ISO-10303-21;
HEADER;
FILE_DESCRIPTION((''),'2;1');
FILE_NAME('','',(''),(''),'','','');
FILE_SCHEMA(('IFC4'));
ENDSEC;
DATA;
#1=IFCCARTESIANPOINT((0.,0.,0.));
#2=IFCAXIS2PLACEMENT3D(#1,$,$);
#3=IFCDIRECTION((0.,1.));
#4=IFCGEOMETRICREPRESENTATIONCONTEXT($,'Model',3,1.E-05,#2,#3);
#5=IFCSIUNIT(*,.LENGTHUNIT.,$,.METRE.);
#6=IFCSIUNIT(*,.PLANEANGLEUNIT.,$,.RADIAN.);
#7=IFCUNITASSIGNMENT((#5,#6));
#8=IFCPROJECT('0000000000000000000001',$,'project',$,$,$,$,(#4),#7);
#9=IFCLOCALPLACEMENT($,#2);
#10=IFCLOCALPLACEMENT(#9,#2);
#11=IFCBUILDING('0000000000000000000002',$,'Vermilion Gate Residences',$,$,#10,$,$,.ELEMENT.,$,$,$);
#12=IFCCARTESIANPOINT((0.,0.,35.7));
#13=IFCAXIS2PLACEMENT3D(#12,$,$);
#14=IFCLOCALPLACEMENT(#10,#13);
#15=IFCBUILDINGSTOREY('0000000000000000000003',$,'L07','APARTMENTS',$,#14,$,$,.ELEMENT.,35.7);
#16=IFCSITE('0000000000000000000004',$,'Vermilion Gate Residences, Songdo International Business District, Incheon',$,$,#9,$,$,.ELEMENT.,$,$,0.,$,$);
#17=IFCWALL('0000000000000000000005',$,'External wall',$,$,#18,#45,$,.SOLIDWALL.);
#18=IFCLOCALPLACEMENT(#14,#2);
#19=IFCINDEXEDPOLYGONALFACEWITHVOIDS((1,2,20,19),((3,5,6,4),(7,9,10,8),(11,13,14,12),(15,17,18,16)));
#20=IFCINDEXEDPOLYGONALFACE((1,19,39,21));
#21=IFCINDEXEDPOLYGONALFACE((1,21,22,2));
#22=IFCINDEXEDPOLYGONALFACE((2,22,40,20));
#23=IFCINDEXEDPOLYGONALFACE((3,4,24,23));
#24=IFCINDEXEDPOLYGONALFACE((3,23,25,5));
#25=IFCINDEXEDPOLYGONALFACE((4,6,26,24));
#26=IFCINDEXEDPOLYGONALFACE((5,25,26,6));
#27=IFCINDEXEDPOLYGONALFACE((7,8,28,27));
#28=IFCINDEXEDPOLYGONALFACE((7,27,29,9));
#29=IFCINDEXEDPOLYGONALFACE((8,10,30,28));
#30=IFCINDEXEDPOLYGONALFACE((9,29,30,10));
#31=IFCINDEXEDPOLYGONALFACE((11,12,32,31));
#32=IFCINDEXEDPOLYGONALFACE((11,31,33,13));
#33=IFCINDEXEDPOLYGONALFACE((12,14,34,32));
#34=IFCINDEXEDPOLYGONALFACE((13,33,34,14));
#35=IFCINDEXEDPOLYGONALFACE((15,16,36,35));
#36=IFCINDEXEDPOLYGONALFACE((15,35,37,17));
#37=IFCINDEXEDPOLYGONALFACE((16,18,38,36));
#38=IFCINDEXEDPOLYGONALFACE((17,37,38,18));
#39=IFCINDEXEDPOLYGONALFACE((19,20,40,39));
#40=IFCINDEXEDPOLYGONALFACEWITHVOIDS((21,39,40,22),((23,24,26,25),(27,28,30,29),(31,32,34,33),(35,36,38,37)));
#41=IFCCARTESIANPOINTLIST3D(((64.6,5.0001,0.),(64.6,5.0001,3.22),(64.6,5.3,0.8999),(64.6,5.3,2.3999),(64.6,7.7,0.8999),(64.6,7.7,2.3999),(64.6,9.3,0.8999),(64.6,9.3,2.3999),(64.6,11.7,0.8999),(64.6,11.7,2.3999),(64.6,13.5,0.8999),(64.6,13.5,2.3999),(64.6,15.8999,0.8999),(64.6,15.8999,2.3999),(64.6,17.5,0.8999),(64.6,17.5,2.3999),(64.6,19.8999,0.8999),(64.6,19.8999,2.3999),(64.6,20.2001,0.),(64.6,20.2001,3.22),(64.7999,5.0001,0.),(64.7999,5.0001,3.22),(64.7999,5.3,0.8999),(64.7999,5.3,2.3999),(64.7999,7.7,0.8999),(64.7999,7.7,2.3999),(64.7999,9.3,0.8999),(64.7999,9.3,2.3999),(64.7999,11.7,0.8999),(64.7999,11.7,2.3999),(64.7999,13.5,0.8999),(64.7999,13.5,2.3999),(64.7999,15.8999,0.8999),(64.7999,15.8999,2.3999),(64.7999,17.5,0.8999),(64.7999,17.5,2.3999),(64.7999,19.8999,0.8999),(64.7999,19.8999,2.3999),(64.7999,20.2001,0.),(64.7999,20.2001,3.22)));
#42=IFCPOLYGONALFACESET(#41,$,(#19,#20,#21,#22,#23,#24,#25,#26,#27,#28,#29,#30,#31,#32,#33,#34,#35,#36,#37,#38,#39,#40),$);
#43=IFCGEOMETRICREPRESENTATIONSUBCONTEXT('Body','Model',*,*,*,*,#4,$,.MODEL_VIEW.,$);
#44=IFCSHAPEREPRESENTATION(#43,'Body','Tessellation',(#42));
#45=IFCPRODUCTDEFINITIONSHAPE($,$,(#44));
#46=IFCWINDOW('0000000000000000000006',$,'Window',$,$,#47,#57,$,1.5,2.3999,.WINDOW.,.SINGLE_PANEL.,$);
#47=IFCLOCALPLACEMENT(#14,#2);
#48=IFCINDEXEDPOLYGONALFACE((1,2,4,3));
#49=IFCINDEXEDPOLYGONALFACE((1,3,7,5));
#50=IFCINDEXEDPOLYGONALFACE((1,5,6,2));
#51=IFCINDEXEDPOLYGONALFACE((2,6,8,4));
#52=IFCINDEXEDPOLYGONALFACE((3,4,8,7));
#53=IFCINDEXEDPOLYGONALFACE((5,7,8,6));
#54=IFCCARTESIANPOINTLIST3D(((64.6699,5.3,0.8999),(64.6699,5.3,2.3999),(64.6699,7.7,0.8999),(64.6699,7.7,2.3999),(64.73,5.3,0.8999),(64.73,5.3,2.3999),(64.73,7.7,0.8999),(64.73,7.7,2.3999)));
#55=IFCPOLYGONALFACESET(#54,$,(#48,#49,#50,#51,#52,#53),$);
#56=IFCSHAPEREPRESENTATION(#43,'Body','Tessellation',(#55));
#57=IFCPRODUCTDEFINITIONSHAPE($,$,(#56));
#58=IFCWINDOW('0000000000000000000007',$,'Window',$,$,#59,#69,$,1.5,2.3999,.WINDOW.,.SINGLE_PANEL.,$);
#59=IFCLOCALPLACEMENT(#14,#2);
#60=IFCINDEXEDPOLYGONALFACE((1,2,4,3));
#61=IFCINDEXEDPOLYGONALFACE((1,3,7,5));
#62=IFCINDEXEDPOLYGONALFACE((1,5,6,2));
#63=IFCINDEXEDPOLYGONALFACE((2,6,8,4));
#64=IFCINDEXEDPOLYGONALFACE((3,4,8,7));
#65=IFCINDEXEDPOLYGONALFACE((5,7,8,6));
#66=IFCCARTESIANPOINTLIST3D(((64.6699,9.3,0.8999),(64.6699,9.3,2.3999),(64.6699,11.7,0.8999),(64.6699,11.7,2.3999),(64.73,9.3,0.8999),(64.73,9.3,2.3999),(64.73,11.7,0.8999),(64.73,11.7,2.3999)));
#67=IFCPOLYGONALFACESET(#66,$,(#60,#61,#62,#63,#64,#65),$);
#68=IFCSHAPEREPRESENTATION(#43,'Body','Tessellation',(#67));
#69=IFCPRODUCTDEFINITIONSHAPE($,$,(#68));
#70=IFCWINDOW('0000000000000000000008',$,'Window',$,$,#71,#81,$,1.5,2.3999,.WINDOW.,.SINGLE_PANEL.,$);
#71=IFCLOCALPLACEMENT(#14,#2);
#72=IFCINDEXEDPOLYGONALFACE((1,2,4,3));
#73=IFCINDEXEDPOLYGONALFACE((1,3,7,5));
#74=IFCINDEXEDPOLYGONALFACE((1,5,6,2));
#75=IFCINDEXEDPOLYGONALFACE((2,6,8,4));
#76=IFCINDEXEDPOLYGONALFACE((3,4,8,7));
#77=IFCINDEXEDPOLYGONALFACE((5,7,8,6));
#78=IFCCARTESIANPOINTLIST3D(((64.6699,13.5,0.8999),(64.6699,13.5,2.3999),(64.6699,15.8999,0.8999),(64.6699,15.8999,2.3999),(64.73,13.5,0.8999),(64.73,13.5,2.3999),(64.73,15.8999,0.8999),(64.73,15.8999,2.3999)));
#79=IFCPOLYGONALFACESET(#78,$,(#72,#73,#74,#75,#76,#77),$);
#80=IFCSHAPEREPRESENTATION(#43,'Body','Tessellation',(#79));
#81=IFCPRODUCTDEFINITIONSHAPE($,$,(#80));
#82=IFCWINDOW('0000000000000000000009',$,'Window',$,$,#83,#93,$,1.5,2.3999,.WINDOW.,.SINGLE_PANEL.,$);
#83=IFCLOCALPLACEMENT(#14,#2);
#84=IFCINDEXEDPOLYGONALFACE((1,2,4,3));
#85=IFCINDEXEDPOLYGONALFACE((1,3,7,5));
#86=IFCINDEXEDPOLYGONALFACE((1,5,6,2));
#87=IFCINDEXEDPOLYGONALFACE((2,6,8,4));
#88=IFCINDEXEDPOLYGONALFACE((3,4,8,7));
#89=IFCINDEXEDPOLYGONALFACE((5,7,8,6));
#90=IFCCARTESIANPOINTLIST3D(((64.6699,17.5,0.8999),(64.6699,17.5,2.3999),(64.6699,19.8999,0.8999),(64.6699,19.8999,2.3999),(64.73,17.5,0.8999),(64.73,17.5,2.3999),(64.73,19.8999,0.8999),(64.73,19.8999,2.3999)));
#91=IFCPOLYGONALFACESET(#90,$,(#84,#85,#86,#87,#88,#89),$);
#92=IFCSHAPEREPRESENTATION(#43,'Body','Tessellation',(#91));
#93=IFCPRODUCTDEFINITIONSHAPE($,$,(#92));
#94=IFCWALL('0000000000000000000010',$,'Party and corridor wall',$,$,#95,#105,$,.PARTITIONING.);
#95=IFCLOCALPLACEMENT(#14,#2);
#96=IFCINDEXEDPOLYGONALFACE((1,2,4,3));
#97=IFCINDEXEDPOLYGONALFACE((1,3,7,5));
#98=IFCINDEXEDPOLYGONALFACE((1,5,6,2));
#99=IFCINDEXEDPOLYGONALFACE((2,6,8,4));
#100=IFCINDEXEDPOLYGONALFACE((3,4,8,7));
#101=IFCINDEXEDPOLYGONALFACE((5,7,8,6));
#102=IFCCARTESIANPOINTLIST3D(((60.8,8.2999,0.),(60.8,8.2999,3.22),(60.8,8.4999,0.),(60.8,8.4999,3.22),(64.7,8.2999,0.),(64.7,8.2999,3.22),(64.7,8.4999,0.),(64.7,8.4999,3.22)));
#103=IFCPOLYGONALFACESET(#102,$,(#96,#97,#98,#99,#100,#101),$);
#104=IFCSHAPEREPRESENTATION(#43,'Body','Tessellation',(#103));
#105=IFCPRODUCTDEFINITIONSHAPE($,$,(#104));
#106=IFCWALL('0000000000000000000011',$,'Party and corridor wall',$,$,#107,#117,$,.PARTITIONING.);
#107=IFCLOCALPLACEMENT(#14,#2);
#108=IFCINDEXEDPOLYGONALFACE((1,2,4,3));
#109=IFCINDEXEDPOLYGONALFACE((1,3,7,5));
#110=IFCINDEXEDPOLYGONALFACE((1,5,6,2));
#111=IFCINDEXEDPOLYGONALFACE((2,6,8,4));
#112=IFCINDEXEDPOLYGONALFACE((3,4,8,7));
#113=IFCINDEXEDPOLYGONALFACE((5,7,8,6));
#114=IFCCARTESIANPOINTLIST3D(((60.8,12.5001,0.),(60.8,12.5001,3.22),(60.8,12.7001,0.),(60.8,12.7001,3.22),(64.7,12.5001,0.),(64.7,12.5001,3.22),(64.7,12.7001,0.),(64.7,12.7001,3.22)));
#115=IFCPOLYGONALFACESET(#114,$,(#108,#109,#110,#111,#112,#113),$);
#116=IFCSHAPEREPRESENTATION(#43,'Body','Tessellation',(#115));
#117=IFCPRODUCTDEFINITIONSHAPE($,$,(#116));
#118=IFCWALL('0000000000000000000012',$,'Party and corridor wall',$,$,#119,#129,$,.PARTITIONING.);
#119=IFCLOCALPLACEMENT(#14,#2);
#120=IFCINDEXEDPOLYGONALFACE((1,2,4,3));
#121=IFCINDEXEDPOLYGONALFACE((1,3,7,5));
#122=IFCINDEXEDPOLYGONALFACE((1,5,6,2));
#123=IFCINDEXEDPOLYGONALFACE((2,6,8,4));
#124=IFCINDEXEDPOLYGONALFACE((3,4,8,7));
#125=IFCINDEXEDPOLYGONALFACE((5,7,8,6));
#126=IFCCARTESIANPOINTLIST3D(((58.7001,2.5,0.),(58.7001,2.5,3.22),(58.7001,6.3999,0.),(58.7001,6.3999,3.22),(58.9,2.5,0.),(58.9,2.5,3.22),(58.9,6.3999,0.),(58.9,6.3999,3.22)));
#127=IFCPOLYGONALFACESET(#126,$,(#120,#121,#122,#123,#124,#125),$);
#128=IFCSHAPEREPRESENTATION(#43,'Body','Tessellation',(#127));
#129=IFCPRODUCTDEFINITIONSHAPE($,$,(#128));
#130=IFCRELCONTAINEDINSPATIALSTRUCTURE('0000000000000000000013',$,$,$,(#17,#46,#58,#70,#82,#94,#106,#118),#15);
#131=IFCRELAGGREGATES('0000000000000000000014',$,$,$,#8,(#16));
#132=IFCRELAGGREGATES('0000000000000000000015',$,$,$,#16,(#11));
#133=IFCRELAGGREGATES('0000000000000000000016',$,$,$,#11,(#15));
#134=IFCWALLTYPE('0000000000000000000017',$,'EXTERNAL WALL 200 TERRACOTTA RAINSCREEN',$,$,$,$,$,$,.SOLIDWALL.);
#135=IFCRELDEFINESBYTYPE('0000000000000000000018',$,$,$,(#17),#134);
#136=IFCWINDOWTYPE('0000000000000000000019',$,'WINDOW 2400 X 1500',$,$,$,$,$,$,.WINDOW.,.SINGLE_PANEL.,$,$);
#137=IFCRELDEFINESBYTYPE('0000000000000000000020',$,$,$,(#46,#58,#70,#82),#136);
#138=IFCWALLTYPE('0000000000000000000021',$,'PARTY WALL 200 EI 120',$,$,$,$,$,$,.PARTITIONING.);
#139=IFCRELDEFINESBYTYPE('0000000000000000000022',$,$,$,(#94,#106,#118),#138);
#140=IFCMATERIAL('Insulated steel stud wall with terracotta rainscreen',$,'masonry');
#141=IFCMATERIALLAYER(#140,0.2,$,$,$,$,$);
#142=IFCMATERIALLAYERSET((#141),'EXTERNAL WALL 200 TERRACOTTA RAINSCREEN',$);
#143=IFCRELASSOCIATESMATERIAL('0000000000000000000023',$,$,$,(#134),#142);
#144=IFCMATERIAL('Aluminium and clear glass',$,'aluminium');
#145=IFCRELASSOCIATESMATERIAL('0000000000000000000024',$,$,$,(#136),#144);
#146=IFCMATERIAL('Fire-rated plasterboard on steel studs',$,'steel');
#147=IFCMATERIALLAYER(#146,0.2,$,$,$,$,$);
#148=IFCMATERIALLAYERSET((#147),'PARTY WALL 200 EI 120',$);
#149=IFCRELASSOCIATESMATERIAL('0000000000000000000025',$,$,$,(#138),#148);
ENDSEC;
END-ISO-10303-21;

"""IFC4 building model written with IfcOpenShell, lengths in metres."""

from ifc_helpers import new_model, si_unit, direction, frame, frame_2d, origin, place, context, subcontext, project, spatial, rectangle, extrude, material, layer, layer_set, type_object, element, fill, save


model = new_model("IFC4")

# Units and contexts
model_context = context("Model", 3, precision=1e-05, world=origin(), true_north=direction((0.0, 1.0)))
body_context = subcontext(model_context, "Body", "Model", "MODEL_VIEW")
ifc_project = project(units=[si_unit("LENGTHUNIT", "METRE"), si_unit("PLANEANGLEUNIT", "RADIAN")], contexts=[model_context])

# Site, building, storey
site_placement = place(None, origin())
site = spatial("IfcSite", under=ifc_project, at=site_placement, Name="Vermilion Gate Residences, Songdo International Business District, Incheon", CompositionType="ELEMENT", RefElevation=0.0)
building_placement = place(site_placement, origin())
building = spatial("IfcBuilding", under=site, at=building_placement, Name="Vermilion Gate Residences", CompositionType="ELEMENT")
storey_placement = place(building_placement, frame((0.0, 0.0, 35.7)))
storey = spatial("IfcBuildingStorey", under=building, at=storey_placement, Name="L07", Description="APARTMENTS", CompositionType="ELEMENT", Elevation=35.7)

# Shared definitions
ifc_material_1 = material(Name="Insulated steel stud wall with terracotta rainscreen", Category="masonry")
ifc_layer_1 = layer(ifc_material_1, 0.2)
ifc_layer_set_1 = layer_set([ifc_layer_1], Name="EXTERNAL WALL 200 TERRACOTTA RAINSCREEN")
wall_type_1 = type_object("IfcWallType", Name="EXTERNAL WALL 200 TERRACOTTA RAINSCREEN", PredefinedType="SOLIDWALL", material=ifc_layer_set_1)

# Wall, openings, windows
wall_1_placement = place(storey_placement, frame((64.7, 5.0, 0.0), z_axis=(0.0, 0.0, 1.0), x_axis=(0.0, 1.0, 0.0)))
wall_1 = element("IfcWall", 1, at=wall_1_placement, inside=storey, type_object=wall_type_1, Name="External wall", PredefinedType="SOLIDWALL", context=body_context, shape_type="SweptSolid", body=[
    extrude(rectangle(XDim=15.2, YDim=0.2, at=frame_2d((7.6001, 0.0))), origin(), (0.0, 0.0, 1.0), 3.22),
])
opening_1_placement = place(wall_1_placement, frame((0.3, 0.0, 0.8999)))
opening_1 = element("IfcOpeningElement", 2, at=opening_1_placement, cuts=wall_1, PredefinedType="OPENING", context=body_context, shape_type="SweptSolid", body=[
    extrude(rectangle(XDim=2.3999, YDim=1.5, at=frame_2d((1.2, 0.75))), frame((0.0, 0.1099, 0.0), z_axis=(0.0, -1.0, 0.0), x_axis=(1.0, 0.0, 0.0)), (0.0, 0.0, 1.0), 0.22),
])
opening_2_placement = place(wall_1_placement, frame((4.3, 0.0, 0.8999)))
opening_2 = element("IfcOpeningElement", 3, at=opening_2_placement, cuts=wall_1, PredefinedType="OPENING", context=body_context, shape_type="SweptSolid", body=[
    extrude(rectangle(XDim=2.3999, YDim=1.5, at=frame_2d((1.2, 0.75))), frame((0.0, 0.1099, 0.0), z_axis=(0.0, -1.0, 0.0), x_axis=(1.0, 0.0, 0.0)), (0.0, 0.0, 1.0), 0.22),
])
opening_3_placement = place(wall_1_placement, frame((8.5, 0.0, 0.8999)))
opening_3 = element("IfcOpeningElement", 4, at=opening_3_placement, cuts=wall_1, PredefinedType="OPENING", context=body_context, shape_type="SweptSolid", body=[
    extrude(rectangle(XDim=2.3999, YDim=1.5, at=frame_2d((1.2, 0.75))), frame((0.0, 0.1099, 0.0), z_axis=(0.0, -1.0, 0.0), x_axis=(1.0, 0.0, 0.0)), (0.0, 0.0, 1.0), 0.22),
])
opening_4_placement = place(wall_1_placement, frame((12.5, 0.0, 0.8999)))
opening_4 = element("IfcOpeningElement", 5, at=opening_4_placement, cuts=wall_1, PredefinedType="OPENING", context=body_context, shape_type="SweptSolid", body=[
    extrude(rectangle(XDim=2.3999, YDim=1.5, at=frame_2d((1.2, 0.75))), frame((0.0, 0.1099, 0.0), z_axis=(0.0, -1.0, 0.0), x_axis=(1.0, 0.0, 0.0)), (0.0, 0.0, 1.0), 0.22),
])
ifc_material_2 = material(Name="Aluminium and clear glass", Category="aluminium")
window_type = type_object("IfcWindowType", Name="WINDOW 2400 X 1500", PartitioningType="SINGLE_PANEL", PredefinedType="WINDOW", material=ifc_material_2)
window_1_placement = place(opening_1_placement, origin())
window_1 = element("IfcWindow", 6, at=window_1_placement, inside=storey, type_object=window_type, Name="Window", OverallHeight=1.5, OverallWidth=2.3999, PartitioningType="SINGLE_PANEL", PredefinedType="WINDOW", context=body_context, shape_type="SweptSolid", body=[
    extrude(rectangle(XDim=2.3999, YDim=1.5, at=frame_2d((1.2, 0.75))), frame((0.0, 0.03, 0.0), z_axis=(0.0, -1.0, 0.0), x_axis=(1.0, 0.0, 0.0)), (0.0, 0.0, 1.0), 0.0601),
])
fill(opening_1, window_1)
window_2_placement = place(opening_2_placement, origin())
window_2 = element("IfcWindow", 7, at=window_2_placement, inside=storey, type_object=window_type, Name="Window", OverallHeight=1.5, OverallWidth=2.3999, PartitioningType="SINGLE_PANEL", PredefinedType="WINDOW", context=body_context, shape_type="SweptSolid", body=[
    extrude(rectangle(XDim=2.3999, YDim=1.5, at=frame_2d((1.2, 0.75))), frame((0.0, 0.03, 0.0), z_axis=(0.0, -1.0, 0.0), x_axis=(1.0, 0.0, 0.0)), (0.0, 0.0, 1.0), 0.0601),
])
fill(opening_2, window_2)
window_3_placement = place(opening_3_placement, origin())
window_3 = element("IfcWindow", 8, at=window_3_placement, inside=storey, type_object=window_type, Name="Window", OverallHeight=1.5, OverallWidth=2.3999, PartitioningType="SINGLE_PANEL", PredefinedType="WINDOW", context=body_context, shape_type="SweptSolid", body=[
    extrude(rectangle(XDim=2.3999, YDim=1.5, at=frame_2d((1.2, 0.75))), frame((0.0, 0.03, 0.0), z_axis=(0.0, -1.0, 0.0), x_axis=(1.0, 0.0, 0.0)), (0.0, 0.0, 1.0), 0.0601),
])
fill(opening_3, window_3)
window_4_placement = place(opening_4_placement, origin())
window_4 = element("IfcWindow", 9, at=window_4_placement, inside=storey, type_object=window_type, Name="Window", OverallHeight=1.5, OverallWidth=2.3999, PartitioningType="SINGLE_PANEL", PredefinedType="WINDOW", context=body_context, shape_type="SweptSolid", body=[
    extrude(rectangle(XDim=2.3999, YDim=1.5, at=frame_2d((1.2, 0.75))), frame((0.0, 0.03, 0.0), z_axis=(0.0, -1.0, 0.0), x_axis=(1.0, 0.0, 0.0)), (0.0, 0.0, 1.0), 0.0601),
])
fill(opening_4, window_4)

# Walls
ifc_material_3 = material(Name="Fire-rated plasterboard on steel studs", Category="steel")
ifc_layer_2 = layer(ifc_material_3, 0.2)
ifc_layer_set_2 = layer_set([ifc_layer_2], Name="PARTY WALL 200 EI 120")
wall_type_2 = type_object("IfcWallType", Name="PARTY WALL 200 EI 120", PredefinedType="PARTITIONING", material=ifc_layer_set_2)
for number, where, z_axis, x_axis, name in (
    (10, (60.8, 8.3999, 0.0), (0.0, 0.0, 1.0), (1.0, 0.0, 0.0), "Party and corridor wall"),
    (11, (60.8, 12.6001, 0.0), (0.0, 0.0, 1.0), (1.0, 0.0, 0.0), "Party and corridor wall"),
    (12, (58.8, 2.5, 0.0), (0.0, 0.0, 1.0), (0.0, 1.0, 0.0), "Party and corridor wall"),
):
    element("IfcWall", number, at=place(storey_placement, frame(where, z_axis=z_axis, x_axis=x_axis)), inside=storey, type_object=wall_type_2, Name=name, PredefinedType="PARTITIONING", context=body_context, shape_type="SweptSolid", body=[
        extrude(rectangle(XDim=3.8999, YDim=0.2, at=frame_2d((1.95, 0.0))), origin(), (0.0, 0.0, 1.0), 3.22),
    ])

save(model, "model.ifc")
